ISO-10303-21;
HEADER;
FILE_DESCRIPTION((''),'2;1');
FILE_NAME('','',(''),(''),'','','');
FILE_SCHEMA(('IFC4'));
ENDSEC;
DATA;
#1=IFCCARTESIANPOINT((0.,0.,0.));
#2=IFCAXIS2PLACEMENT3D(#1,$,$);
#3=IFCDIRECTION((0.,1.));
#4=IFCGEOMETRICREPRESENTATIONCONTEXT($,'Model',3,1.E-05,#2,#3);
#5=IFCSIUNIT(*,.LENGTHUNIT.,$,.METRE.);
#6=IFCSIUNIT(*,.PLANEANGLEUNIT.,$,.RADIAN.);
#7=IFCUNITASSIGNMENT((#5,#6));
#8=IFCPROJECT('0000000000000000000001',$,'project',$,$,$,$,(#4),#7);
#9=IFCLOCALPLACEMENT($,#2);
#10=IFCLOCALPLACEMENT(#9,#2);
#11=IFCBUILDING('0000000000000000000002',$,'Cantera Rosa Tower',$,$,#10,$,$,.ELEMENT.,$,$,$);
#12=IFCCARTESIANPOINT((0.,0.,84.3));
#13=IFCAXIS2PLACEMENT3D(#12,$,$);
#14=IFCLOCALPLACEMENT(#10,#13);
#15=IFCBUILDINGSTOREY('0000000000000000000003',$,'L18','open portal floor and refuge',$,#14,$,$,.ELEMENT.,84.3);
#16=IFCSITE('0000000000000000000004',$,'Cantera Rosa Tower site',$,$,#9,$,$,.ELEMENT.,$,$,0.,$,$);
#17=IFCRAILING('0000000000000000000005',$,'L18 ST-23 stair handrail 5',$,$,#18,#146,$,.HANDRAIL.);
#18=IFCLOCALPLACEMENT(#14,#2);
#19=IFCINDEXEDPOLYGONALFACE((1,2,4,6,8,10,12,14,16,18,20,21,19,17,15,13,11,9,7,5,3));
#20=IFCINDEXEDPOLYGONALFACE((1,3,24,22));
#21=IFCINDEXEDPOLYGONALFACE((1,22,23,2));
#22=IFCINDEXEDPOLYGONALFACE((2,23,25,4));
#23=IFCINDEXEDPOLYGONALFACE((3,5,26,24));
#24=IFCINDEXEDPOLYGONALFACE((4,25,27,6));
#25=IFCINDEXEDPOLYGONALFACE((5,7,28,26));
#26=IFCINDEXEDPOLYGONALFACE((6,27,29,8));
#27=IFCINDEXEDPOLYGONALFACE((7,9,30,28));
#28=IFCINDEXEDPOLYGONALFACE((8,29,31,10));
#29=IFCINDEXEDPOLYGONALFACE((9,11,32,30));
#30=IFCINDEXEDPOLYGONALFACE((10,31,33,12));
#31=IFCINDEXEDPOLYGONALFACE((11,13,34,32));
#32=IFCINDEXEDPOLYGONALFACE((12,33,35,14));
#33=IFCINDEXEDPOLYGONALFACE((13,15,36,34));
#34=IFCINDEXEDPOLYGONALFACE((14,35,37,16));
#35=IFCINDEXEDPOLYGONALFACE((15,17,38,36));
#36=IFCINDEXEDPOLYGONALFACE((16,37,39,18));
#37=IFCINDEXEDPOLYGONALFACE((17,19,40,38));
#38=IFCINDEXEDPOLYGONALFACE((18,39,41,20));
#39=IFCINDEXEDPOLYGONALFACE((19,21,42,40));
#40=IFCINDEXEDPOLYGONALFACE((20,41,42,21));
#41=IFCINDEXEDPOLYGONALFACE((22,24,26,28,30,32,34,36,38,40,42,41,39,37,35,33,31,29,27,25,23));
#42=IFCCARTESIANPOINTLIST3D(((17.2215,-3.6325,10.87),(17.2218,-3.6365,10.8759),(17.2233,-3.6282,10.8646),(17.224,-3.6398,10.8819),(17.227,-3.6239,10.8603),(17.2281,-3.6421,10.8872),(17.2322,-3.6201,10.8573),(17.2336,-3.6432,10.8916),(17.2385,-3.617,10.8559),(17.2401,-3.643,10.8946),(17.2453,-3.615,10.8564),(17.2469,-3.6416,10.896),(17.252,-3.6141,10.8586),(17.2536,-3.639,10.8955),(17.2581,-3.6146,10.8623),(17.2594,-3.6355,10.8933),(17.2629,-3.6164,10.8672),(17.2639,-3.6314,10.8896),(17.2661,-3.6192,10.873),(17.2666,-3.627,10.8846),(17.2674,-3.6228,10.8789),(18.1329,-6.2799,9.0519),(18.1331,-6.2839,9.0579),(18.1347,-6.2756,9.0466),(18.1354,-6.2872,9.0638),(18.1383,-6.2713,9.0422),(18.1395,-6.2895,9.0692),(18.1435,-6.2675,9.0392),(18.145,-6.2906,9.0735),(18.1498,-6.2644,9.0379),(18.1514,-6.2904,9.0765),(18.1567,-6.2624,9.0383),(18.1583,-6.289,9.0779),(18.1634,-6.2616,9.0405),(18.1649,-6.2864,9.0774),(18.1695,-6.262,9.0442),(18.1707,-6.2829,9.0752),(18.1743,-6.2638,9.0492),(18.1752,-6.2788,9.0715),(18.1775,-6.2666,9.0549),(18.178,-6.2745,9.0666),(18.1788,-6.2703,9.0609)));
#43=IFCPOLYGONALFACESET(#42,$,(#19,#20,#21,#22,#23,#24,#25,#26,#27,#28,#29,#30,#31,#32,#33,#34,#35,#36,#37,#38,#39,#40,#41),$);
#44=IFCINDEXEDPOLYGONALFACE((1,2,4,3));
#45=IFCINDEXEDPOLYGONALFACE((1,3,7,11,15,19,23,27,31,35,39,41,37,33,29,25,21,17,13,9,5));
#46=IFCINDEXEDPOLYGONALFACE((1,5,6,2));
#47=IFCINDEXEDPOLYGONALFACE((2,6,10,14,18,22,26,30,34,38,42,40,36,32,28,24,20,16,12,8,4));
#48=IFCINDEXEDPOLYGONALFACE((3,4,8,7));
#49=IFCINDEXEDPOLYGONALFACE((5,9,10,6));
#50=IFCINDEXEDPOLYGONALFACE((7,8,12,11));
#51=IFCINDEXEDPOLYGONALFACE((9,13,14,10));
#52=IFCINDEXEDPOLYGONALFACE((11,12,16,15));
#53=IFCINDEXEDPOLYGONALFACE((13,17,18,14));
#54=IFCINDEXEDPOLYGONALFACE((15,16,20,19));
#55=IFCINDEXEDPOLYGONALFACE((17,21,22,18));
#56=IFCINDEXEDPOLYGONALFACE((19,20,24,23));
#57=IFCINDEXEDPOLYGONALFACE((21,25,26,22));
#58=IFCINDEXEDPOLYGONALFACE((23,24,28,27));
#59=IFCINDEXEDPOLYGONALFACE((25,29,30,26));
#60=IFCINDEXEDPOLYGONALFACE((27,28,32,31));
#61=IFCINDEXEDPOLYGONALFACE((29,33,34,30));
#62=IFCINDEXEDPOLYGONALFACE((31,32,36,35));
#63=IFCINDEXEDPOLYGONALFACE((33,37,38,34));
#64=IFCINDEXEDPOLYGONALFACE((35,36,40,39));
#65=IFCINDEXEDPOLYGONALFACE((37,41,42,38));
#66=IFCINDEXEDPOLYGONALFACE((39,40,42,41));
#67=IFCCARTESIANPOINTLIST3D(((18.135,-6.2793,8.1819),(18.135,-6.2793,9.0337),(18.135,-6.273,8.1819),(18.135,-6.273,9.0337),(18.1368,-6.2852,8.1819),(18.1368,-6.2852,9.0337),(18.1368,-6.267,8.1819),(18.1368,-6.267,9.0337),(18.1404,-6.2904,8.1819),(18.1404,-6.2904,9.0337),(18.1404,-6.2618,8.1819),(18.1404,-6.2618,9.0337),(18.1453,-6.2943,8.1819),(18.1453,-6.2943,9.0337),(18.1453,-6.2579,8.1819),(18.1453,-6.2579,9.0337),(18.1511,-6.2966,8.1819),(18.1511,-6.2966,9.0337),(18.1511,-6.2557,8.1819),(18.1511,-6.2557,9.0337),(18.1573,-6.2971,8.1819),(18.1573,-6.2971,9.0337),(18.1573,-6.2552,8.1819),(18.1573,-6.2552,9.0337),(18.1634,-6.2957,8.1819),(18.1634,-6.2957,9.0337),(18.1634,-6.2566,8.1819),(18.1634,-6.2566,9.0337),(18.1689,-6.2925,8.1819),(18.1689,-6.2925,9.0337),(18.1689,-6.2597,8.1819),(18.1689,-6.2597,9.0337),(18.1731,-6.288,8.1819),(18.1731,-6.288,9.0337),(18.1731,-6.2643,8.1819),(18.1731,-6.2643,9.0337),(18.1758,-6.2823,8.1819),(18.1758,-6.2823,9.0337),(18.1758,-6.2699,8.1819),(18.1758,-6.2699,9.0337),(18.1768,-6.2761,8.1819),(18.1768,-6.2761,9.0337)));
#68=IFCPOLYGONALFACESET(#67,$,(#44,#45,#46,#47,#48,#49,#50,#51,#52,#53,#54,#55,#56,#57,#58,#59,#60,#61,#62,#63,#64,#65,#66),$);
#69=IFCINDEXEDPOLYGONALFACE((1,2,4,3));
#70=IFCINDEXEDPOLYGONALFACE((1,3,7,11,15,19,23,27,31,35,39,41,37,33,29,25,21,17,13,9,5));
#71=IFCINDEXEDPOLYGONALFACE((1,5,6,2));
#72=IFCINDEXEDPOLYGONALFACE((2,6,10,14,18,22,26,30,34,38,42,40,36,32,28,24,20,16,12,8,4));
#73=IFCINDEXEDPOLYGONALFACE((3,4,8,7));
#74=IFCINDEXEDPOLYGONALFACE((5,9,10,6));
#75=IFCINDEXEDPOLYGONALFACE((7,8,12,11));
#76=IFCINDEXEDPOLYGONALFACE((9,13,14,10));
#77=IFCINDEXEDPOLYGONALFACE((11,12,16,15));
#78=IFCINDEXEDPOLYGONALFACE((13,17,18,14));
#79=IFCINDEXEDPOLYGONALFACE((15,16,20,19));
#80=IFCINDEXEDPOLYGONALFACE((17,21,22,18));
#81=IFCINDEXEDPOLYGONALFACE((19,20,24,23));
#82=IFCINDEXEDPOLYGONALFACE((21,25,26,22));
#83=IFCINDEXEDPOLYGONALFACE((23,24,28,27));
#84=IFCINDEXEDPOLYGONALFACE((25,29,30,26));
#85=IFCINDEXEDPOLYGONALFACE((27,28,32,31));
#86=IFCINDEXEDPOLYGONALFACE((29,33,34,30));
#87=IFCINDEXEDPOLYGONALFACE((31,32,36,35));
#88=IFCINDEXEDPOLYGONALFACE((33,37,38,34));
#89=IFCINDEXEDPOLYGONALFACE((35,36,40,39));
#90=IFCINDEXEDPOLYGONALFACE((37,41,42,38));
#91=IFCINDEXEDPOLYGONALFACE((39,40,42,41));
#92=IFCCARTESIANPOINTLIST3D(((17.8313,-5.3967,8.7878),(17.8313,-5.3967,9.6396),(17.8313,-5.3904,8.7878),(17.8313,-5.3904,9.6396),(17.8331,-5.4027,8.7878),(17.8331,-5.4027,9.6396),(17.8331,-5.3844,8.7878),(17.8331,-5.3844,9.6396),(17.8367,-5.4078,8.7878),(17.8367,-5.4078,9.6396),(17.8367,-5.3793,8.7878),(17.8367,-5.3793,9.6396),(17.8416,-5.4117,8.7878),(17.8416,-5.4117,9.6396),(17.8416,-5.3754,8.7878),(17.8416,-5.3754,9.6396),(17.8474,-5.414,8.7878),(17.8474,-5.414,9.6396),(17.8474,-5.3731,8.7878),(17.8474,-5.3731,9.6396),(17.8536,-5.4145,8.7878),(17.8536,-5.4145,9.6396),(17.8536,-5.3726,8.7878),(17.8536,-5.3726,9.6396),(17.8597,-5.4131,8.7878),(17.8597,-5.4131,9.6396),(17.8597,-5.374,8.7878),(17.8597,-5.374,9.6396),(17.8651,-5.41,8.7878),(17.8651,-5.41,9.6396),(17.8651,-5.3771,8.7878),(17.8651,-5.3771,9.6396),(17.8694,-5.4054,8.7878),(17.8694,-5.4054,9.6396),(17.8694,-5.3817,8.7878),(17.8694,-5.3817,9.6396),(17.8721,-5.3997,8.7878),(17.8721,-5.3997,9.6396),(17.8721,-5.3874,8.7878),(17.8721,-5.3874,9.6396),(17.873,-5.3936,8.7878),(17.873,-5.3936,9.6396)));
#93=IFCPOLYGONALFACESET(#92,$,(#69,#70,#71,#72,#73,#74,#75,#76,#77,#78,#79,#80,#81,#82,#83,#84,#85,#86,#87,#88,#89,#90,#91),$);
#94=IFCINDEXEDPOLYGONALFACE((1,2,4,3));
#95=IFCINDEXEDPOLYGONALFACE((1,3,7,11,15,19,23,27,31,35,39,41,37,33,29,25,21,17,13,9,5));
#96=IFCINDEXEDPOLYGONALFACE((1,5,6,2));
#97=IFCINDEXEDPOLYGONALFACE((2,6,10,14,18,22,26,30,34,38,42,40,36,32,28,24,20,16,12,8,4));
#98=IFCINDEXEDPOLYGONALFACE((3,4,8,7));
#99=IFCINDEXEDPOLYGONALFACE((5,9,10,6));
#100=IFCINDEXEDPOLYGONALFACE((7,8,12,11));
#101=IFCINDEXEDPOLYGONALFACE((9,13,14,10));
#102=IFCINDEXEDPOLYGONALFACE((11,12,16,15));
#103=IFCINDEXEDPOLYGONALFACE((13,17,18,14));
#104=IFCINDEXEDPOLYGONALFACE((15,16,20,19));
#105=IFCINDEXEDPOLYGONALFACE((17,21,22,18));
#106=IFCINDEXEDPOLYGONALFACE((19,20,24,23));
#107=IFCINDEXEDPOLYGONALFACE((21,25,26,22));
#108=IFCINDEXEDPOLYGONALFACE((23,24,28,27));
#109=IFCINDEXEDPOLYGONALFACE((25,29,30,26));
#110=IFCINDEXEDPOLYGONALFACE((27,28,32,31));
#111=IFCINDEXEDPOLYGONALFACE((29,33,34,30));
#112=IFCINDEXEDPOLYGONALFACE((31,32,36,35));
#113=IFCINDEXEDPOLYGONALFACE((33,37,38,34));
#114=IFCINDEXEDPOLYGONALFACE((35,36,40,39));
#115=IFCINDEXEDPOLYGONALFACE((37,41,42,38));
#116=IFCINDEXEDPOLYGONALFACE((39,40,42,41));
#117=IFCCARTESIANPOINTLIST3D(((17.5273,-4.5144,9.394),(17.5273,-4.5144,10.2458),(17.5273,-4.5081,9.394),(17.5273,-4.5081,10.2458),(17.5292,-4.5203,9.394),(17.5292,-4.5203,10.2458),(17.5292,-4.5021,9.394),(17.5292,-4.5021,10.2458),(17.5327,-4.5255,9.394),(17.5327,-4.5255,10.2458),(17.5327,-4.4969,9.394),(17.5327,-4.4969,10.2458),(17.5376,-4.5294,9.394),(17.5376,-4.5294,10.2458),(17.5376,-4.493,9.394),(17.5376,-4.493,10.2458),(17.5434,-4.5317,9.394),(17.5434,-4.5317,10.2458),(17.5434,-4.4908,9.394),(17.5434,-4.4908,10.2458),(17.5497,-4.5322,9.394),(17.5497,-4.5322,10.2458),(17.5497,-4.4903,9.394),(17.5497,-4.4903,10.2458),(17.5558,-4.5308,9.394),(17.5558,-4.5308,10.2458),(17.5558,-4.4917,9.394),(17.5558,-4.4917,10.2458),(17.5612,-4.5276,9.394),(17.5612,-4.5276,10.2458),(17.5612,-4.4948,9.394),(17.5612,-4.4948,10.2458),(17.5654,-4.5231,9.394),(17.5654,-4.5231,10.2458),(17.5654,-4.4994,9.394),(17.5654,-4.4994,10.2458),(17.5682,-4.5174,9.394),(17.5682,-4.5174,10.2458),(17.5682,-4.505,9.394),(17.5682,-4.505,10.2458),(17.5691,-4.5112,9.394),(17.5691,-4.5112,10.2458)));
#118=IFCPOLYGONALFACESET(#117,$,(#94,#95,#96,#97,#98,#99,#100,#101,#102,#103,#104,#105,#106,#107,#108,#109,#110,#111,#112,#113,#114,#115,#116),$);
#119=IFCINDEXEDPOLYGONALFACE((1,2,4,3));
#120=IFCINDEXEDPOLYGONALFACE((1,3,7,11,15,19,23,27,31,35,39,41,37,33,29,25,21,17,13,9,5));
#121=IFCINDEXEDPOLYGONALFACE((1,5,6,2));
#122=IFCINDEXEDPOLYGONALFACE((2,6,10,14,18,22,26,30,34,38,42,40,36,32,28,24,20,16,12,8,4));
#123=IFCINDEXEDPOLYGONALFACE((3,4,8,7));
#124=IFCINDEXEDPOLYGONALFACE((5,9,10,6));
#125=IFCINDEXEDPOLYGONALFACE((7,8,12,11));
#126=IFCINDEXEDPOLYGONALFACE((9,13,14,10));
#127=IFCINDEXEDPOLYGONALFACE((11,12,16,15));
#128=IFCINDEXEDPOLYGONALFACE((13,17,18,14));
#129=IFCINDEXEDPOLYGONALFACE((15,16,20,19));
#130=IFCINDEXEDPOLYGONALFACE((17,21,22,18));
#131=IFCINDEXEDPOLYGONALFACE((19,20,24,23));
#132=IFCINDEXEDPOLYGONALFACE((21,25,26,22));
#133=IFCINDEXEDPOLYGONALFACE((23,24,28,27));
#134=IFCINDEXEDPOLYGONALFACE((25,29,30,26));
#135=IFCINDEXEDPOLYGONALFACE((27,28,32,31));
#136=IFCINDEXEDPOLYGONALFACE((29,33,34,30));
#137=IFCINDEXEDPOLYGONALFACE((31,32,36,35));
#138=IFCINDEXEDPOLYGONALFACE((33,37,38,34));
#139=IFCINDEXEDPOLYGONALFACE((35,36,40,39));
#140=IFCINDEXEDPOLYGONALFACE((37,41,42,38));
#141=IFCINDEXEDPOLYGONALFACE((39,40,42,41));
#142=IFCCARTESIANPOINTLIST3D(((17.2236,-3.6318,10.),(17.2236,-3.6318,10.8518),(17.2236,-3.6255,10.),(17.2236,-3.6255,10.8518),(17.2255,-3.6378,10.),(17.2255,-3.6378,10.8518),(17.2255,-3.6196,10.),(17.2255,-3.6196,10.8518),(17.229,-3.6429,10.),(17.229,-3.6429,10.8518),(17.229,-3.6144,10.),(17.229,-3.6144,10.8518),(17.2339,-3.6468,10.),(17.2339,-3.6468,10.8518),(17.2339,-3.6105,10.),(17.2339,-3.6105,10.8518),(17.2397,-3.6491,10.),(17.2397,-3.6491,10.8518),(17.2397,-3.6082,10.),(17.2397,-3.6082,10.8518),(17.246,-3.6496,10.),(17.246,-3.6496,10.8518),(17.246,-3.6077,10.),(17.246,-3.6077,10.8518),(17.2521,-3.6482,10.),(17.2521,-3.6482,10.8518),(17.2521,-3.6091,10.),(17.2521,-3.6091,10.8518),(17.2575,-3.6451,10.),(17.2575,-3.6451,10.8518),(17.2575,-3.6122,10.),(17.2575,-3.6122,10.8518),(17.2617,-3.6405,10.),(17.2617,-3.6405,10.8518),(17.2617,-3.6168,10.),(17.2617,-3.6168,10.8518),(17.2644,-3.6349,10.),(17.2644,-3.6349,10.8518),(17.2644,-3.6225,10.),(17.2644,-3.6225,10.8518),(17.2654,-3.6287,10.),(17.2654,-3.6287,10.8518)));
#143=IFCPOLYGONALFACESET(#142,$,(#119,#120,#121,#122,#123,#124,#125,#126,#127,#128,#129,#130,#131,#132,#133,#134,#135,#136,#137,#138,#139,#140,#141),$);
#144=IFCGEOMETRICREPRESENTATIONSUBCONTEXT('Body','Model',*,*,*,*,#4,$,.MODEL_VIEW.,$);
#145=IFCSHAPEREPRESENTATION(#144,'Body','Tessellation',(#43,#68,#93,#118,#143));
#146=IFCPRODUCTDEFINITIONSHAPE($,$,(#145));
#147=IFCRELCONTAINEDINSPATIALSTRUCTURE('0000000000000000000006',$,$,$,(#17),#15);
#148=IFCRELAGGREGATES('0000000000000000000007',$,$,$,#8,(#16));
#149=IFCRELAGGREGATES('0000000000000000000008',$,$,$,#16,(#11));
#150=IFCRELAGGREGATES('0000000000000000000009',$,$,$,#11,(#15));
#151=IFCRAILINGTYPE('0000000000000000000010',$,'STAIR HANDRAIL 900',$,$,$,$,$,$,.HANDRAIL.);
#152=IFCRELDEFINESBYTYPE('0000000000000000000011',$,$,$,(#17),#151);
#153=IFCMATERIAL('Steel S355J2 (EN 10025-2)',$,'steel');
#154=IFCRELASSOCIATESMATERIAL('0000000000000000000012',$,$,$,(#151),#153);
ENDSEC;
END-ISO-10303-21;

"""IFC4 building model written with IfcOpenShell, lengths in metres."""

from ifc_helpers import new_model, si_unit, direction, frame, origin, origin_2d, place, context, subcontext, project, spatial, circle, extrude, material, type_object, element, save


model = new_model("IFC4")

# Units and contexts
model_context = context("Model", 3, precision=1e-05, world=origin(), true_north=direction((0.0, 1.0)))
body_context = subcontext(model_context, "Body", "Model", "MODEL_VIEW")
ifc_project = project(units=[si_unit("LENGTHUNIT", "METRE"), si_unit("PLANEANGLEUNIT", "RADIAN")], contexts=[model_context])

# Site, building, storey
site_placement = place(None, origin())
site = spatial("IfcSite", under=ifc_project, at=site_placement, Name="Cantera Rosa Tower site", CompositionType="ELEMENT", RefElevation=0.0)
building_placement = place(site_placement, origin())
building = spatial("IfcBuilding", under=site, at=building_placement, Name="Cantera Rosa Tower", CompositionType="ELEMENT")
storey_placement = place(building_placement, frame((0.0, 0.0, 84.3)))
storey = spatial("IfcBuildingStorey", under=building, at=storey_placement, Name="L18", Description="open portal floor and refuge", CompositionType="ELEMENT", Elevation=84.3)

# Railing
ifc_material_1 = material(Name="Steel S355J2 (EN 10025-2)", Category="steel")
railing_type_1 = type_object("IfcRailingType", Name="STAIR HANDRAIL 900", PredefinedType="HANDRAIL", material=ifc_material_1)
for number, where, name in (
    (1, (18.1558, -6.2761, 8.1819), "L18 ST-23 stair handrail 5"),
):
    element("IfcRailing", number, at=place(storey_placement, frame(where)), inside=storey, type_object=railing_type_1, Name=name, PredefinedType="HANDRAIL", context=body_context, shape_type="SweptSolid", body=[
        extrude(circle(Radius=0.0239, at=origin_2d()), frame((0.0, 0.0, 0.876), z_axis=(-0.272995, 0.793023, 0.5446), x_axis=(-0.945542, -0.325499, 0.0)), (0.0, 0.0, 1.0), 3.3384),
        extrude(circle(Radius=0.021, at=origin_2d()), origin(), (0.0, 0.0, 1.0), 0.8518),
        extrude(circle(Radius=0.021, at=origin_2d()), frame((-0.3037, 0.8826, 0.606)), (0.0, 0.0, 1.0), 0.8518),
        extrude(circle(Radius=0.021, at=origin_2d()), frame((-0.6077, 1.7649, 1.2122)), (0.0, 0.0, 1.0), 0.8518),
        extrude(circle(Radius=0.021, at=origin_2d()), frame((-0.9114, 2.6475, 1.8181)), (0.0, 0.0, 1.0), 0.8518),
    ])

save(model, "model.ifc")
